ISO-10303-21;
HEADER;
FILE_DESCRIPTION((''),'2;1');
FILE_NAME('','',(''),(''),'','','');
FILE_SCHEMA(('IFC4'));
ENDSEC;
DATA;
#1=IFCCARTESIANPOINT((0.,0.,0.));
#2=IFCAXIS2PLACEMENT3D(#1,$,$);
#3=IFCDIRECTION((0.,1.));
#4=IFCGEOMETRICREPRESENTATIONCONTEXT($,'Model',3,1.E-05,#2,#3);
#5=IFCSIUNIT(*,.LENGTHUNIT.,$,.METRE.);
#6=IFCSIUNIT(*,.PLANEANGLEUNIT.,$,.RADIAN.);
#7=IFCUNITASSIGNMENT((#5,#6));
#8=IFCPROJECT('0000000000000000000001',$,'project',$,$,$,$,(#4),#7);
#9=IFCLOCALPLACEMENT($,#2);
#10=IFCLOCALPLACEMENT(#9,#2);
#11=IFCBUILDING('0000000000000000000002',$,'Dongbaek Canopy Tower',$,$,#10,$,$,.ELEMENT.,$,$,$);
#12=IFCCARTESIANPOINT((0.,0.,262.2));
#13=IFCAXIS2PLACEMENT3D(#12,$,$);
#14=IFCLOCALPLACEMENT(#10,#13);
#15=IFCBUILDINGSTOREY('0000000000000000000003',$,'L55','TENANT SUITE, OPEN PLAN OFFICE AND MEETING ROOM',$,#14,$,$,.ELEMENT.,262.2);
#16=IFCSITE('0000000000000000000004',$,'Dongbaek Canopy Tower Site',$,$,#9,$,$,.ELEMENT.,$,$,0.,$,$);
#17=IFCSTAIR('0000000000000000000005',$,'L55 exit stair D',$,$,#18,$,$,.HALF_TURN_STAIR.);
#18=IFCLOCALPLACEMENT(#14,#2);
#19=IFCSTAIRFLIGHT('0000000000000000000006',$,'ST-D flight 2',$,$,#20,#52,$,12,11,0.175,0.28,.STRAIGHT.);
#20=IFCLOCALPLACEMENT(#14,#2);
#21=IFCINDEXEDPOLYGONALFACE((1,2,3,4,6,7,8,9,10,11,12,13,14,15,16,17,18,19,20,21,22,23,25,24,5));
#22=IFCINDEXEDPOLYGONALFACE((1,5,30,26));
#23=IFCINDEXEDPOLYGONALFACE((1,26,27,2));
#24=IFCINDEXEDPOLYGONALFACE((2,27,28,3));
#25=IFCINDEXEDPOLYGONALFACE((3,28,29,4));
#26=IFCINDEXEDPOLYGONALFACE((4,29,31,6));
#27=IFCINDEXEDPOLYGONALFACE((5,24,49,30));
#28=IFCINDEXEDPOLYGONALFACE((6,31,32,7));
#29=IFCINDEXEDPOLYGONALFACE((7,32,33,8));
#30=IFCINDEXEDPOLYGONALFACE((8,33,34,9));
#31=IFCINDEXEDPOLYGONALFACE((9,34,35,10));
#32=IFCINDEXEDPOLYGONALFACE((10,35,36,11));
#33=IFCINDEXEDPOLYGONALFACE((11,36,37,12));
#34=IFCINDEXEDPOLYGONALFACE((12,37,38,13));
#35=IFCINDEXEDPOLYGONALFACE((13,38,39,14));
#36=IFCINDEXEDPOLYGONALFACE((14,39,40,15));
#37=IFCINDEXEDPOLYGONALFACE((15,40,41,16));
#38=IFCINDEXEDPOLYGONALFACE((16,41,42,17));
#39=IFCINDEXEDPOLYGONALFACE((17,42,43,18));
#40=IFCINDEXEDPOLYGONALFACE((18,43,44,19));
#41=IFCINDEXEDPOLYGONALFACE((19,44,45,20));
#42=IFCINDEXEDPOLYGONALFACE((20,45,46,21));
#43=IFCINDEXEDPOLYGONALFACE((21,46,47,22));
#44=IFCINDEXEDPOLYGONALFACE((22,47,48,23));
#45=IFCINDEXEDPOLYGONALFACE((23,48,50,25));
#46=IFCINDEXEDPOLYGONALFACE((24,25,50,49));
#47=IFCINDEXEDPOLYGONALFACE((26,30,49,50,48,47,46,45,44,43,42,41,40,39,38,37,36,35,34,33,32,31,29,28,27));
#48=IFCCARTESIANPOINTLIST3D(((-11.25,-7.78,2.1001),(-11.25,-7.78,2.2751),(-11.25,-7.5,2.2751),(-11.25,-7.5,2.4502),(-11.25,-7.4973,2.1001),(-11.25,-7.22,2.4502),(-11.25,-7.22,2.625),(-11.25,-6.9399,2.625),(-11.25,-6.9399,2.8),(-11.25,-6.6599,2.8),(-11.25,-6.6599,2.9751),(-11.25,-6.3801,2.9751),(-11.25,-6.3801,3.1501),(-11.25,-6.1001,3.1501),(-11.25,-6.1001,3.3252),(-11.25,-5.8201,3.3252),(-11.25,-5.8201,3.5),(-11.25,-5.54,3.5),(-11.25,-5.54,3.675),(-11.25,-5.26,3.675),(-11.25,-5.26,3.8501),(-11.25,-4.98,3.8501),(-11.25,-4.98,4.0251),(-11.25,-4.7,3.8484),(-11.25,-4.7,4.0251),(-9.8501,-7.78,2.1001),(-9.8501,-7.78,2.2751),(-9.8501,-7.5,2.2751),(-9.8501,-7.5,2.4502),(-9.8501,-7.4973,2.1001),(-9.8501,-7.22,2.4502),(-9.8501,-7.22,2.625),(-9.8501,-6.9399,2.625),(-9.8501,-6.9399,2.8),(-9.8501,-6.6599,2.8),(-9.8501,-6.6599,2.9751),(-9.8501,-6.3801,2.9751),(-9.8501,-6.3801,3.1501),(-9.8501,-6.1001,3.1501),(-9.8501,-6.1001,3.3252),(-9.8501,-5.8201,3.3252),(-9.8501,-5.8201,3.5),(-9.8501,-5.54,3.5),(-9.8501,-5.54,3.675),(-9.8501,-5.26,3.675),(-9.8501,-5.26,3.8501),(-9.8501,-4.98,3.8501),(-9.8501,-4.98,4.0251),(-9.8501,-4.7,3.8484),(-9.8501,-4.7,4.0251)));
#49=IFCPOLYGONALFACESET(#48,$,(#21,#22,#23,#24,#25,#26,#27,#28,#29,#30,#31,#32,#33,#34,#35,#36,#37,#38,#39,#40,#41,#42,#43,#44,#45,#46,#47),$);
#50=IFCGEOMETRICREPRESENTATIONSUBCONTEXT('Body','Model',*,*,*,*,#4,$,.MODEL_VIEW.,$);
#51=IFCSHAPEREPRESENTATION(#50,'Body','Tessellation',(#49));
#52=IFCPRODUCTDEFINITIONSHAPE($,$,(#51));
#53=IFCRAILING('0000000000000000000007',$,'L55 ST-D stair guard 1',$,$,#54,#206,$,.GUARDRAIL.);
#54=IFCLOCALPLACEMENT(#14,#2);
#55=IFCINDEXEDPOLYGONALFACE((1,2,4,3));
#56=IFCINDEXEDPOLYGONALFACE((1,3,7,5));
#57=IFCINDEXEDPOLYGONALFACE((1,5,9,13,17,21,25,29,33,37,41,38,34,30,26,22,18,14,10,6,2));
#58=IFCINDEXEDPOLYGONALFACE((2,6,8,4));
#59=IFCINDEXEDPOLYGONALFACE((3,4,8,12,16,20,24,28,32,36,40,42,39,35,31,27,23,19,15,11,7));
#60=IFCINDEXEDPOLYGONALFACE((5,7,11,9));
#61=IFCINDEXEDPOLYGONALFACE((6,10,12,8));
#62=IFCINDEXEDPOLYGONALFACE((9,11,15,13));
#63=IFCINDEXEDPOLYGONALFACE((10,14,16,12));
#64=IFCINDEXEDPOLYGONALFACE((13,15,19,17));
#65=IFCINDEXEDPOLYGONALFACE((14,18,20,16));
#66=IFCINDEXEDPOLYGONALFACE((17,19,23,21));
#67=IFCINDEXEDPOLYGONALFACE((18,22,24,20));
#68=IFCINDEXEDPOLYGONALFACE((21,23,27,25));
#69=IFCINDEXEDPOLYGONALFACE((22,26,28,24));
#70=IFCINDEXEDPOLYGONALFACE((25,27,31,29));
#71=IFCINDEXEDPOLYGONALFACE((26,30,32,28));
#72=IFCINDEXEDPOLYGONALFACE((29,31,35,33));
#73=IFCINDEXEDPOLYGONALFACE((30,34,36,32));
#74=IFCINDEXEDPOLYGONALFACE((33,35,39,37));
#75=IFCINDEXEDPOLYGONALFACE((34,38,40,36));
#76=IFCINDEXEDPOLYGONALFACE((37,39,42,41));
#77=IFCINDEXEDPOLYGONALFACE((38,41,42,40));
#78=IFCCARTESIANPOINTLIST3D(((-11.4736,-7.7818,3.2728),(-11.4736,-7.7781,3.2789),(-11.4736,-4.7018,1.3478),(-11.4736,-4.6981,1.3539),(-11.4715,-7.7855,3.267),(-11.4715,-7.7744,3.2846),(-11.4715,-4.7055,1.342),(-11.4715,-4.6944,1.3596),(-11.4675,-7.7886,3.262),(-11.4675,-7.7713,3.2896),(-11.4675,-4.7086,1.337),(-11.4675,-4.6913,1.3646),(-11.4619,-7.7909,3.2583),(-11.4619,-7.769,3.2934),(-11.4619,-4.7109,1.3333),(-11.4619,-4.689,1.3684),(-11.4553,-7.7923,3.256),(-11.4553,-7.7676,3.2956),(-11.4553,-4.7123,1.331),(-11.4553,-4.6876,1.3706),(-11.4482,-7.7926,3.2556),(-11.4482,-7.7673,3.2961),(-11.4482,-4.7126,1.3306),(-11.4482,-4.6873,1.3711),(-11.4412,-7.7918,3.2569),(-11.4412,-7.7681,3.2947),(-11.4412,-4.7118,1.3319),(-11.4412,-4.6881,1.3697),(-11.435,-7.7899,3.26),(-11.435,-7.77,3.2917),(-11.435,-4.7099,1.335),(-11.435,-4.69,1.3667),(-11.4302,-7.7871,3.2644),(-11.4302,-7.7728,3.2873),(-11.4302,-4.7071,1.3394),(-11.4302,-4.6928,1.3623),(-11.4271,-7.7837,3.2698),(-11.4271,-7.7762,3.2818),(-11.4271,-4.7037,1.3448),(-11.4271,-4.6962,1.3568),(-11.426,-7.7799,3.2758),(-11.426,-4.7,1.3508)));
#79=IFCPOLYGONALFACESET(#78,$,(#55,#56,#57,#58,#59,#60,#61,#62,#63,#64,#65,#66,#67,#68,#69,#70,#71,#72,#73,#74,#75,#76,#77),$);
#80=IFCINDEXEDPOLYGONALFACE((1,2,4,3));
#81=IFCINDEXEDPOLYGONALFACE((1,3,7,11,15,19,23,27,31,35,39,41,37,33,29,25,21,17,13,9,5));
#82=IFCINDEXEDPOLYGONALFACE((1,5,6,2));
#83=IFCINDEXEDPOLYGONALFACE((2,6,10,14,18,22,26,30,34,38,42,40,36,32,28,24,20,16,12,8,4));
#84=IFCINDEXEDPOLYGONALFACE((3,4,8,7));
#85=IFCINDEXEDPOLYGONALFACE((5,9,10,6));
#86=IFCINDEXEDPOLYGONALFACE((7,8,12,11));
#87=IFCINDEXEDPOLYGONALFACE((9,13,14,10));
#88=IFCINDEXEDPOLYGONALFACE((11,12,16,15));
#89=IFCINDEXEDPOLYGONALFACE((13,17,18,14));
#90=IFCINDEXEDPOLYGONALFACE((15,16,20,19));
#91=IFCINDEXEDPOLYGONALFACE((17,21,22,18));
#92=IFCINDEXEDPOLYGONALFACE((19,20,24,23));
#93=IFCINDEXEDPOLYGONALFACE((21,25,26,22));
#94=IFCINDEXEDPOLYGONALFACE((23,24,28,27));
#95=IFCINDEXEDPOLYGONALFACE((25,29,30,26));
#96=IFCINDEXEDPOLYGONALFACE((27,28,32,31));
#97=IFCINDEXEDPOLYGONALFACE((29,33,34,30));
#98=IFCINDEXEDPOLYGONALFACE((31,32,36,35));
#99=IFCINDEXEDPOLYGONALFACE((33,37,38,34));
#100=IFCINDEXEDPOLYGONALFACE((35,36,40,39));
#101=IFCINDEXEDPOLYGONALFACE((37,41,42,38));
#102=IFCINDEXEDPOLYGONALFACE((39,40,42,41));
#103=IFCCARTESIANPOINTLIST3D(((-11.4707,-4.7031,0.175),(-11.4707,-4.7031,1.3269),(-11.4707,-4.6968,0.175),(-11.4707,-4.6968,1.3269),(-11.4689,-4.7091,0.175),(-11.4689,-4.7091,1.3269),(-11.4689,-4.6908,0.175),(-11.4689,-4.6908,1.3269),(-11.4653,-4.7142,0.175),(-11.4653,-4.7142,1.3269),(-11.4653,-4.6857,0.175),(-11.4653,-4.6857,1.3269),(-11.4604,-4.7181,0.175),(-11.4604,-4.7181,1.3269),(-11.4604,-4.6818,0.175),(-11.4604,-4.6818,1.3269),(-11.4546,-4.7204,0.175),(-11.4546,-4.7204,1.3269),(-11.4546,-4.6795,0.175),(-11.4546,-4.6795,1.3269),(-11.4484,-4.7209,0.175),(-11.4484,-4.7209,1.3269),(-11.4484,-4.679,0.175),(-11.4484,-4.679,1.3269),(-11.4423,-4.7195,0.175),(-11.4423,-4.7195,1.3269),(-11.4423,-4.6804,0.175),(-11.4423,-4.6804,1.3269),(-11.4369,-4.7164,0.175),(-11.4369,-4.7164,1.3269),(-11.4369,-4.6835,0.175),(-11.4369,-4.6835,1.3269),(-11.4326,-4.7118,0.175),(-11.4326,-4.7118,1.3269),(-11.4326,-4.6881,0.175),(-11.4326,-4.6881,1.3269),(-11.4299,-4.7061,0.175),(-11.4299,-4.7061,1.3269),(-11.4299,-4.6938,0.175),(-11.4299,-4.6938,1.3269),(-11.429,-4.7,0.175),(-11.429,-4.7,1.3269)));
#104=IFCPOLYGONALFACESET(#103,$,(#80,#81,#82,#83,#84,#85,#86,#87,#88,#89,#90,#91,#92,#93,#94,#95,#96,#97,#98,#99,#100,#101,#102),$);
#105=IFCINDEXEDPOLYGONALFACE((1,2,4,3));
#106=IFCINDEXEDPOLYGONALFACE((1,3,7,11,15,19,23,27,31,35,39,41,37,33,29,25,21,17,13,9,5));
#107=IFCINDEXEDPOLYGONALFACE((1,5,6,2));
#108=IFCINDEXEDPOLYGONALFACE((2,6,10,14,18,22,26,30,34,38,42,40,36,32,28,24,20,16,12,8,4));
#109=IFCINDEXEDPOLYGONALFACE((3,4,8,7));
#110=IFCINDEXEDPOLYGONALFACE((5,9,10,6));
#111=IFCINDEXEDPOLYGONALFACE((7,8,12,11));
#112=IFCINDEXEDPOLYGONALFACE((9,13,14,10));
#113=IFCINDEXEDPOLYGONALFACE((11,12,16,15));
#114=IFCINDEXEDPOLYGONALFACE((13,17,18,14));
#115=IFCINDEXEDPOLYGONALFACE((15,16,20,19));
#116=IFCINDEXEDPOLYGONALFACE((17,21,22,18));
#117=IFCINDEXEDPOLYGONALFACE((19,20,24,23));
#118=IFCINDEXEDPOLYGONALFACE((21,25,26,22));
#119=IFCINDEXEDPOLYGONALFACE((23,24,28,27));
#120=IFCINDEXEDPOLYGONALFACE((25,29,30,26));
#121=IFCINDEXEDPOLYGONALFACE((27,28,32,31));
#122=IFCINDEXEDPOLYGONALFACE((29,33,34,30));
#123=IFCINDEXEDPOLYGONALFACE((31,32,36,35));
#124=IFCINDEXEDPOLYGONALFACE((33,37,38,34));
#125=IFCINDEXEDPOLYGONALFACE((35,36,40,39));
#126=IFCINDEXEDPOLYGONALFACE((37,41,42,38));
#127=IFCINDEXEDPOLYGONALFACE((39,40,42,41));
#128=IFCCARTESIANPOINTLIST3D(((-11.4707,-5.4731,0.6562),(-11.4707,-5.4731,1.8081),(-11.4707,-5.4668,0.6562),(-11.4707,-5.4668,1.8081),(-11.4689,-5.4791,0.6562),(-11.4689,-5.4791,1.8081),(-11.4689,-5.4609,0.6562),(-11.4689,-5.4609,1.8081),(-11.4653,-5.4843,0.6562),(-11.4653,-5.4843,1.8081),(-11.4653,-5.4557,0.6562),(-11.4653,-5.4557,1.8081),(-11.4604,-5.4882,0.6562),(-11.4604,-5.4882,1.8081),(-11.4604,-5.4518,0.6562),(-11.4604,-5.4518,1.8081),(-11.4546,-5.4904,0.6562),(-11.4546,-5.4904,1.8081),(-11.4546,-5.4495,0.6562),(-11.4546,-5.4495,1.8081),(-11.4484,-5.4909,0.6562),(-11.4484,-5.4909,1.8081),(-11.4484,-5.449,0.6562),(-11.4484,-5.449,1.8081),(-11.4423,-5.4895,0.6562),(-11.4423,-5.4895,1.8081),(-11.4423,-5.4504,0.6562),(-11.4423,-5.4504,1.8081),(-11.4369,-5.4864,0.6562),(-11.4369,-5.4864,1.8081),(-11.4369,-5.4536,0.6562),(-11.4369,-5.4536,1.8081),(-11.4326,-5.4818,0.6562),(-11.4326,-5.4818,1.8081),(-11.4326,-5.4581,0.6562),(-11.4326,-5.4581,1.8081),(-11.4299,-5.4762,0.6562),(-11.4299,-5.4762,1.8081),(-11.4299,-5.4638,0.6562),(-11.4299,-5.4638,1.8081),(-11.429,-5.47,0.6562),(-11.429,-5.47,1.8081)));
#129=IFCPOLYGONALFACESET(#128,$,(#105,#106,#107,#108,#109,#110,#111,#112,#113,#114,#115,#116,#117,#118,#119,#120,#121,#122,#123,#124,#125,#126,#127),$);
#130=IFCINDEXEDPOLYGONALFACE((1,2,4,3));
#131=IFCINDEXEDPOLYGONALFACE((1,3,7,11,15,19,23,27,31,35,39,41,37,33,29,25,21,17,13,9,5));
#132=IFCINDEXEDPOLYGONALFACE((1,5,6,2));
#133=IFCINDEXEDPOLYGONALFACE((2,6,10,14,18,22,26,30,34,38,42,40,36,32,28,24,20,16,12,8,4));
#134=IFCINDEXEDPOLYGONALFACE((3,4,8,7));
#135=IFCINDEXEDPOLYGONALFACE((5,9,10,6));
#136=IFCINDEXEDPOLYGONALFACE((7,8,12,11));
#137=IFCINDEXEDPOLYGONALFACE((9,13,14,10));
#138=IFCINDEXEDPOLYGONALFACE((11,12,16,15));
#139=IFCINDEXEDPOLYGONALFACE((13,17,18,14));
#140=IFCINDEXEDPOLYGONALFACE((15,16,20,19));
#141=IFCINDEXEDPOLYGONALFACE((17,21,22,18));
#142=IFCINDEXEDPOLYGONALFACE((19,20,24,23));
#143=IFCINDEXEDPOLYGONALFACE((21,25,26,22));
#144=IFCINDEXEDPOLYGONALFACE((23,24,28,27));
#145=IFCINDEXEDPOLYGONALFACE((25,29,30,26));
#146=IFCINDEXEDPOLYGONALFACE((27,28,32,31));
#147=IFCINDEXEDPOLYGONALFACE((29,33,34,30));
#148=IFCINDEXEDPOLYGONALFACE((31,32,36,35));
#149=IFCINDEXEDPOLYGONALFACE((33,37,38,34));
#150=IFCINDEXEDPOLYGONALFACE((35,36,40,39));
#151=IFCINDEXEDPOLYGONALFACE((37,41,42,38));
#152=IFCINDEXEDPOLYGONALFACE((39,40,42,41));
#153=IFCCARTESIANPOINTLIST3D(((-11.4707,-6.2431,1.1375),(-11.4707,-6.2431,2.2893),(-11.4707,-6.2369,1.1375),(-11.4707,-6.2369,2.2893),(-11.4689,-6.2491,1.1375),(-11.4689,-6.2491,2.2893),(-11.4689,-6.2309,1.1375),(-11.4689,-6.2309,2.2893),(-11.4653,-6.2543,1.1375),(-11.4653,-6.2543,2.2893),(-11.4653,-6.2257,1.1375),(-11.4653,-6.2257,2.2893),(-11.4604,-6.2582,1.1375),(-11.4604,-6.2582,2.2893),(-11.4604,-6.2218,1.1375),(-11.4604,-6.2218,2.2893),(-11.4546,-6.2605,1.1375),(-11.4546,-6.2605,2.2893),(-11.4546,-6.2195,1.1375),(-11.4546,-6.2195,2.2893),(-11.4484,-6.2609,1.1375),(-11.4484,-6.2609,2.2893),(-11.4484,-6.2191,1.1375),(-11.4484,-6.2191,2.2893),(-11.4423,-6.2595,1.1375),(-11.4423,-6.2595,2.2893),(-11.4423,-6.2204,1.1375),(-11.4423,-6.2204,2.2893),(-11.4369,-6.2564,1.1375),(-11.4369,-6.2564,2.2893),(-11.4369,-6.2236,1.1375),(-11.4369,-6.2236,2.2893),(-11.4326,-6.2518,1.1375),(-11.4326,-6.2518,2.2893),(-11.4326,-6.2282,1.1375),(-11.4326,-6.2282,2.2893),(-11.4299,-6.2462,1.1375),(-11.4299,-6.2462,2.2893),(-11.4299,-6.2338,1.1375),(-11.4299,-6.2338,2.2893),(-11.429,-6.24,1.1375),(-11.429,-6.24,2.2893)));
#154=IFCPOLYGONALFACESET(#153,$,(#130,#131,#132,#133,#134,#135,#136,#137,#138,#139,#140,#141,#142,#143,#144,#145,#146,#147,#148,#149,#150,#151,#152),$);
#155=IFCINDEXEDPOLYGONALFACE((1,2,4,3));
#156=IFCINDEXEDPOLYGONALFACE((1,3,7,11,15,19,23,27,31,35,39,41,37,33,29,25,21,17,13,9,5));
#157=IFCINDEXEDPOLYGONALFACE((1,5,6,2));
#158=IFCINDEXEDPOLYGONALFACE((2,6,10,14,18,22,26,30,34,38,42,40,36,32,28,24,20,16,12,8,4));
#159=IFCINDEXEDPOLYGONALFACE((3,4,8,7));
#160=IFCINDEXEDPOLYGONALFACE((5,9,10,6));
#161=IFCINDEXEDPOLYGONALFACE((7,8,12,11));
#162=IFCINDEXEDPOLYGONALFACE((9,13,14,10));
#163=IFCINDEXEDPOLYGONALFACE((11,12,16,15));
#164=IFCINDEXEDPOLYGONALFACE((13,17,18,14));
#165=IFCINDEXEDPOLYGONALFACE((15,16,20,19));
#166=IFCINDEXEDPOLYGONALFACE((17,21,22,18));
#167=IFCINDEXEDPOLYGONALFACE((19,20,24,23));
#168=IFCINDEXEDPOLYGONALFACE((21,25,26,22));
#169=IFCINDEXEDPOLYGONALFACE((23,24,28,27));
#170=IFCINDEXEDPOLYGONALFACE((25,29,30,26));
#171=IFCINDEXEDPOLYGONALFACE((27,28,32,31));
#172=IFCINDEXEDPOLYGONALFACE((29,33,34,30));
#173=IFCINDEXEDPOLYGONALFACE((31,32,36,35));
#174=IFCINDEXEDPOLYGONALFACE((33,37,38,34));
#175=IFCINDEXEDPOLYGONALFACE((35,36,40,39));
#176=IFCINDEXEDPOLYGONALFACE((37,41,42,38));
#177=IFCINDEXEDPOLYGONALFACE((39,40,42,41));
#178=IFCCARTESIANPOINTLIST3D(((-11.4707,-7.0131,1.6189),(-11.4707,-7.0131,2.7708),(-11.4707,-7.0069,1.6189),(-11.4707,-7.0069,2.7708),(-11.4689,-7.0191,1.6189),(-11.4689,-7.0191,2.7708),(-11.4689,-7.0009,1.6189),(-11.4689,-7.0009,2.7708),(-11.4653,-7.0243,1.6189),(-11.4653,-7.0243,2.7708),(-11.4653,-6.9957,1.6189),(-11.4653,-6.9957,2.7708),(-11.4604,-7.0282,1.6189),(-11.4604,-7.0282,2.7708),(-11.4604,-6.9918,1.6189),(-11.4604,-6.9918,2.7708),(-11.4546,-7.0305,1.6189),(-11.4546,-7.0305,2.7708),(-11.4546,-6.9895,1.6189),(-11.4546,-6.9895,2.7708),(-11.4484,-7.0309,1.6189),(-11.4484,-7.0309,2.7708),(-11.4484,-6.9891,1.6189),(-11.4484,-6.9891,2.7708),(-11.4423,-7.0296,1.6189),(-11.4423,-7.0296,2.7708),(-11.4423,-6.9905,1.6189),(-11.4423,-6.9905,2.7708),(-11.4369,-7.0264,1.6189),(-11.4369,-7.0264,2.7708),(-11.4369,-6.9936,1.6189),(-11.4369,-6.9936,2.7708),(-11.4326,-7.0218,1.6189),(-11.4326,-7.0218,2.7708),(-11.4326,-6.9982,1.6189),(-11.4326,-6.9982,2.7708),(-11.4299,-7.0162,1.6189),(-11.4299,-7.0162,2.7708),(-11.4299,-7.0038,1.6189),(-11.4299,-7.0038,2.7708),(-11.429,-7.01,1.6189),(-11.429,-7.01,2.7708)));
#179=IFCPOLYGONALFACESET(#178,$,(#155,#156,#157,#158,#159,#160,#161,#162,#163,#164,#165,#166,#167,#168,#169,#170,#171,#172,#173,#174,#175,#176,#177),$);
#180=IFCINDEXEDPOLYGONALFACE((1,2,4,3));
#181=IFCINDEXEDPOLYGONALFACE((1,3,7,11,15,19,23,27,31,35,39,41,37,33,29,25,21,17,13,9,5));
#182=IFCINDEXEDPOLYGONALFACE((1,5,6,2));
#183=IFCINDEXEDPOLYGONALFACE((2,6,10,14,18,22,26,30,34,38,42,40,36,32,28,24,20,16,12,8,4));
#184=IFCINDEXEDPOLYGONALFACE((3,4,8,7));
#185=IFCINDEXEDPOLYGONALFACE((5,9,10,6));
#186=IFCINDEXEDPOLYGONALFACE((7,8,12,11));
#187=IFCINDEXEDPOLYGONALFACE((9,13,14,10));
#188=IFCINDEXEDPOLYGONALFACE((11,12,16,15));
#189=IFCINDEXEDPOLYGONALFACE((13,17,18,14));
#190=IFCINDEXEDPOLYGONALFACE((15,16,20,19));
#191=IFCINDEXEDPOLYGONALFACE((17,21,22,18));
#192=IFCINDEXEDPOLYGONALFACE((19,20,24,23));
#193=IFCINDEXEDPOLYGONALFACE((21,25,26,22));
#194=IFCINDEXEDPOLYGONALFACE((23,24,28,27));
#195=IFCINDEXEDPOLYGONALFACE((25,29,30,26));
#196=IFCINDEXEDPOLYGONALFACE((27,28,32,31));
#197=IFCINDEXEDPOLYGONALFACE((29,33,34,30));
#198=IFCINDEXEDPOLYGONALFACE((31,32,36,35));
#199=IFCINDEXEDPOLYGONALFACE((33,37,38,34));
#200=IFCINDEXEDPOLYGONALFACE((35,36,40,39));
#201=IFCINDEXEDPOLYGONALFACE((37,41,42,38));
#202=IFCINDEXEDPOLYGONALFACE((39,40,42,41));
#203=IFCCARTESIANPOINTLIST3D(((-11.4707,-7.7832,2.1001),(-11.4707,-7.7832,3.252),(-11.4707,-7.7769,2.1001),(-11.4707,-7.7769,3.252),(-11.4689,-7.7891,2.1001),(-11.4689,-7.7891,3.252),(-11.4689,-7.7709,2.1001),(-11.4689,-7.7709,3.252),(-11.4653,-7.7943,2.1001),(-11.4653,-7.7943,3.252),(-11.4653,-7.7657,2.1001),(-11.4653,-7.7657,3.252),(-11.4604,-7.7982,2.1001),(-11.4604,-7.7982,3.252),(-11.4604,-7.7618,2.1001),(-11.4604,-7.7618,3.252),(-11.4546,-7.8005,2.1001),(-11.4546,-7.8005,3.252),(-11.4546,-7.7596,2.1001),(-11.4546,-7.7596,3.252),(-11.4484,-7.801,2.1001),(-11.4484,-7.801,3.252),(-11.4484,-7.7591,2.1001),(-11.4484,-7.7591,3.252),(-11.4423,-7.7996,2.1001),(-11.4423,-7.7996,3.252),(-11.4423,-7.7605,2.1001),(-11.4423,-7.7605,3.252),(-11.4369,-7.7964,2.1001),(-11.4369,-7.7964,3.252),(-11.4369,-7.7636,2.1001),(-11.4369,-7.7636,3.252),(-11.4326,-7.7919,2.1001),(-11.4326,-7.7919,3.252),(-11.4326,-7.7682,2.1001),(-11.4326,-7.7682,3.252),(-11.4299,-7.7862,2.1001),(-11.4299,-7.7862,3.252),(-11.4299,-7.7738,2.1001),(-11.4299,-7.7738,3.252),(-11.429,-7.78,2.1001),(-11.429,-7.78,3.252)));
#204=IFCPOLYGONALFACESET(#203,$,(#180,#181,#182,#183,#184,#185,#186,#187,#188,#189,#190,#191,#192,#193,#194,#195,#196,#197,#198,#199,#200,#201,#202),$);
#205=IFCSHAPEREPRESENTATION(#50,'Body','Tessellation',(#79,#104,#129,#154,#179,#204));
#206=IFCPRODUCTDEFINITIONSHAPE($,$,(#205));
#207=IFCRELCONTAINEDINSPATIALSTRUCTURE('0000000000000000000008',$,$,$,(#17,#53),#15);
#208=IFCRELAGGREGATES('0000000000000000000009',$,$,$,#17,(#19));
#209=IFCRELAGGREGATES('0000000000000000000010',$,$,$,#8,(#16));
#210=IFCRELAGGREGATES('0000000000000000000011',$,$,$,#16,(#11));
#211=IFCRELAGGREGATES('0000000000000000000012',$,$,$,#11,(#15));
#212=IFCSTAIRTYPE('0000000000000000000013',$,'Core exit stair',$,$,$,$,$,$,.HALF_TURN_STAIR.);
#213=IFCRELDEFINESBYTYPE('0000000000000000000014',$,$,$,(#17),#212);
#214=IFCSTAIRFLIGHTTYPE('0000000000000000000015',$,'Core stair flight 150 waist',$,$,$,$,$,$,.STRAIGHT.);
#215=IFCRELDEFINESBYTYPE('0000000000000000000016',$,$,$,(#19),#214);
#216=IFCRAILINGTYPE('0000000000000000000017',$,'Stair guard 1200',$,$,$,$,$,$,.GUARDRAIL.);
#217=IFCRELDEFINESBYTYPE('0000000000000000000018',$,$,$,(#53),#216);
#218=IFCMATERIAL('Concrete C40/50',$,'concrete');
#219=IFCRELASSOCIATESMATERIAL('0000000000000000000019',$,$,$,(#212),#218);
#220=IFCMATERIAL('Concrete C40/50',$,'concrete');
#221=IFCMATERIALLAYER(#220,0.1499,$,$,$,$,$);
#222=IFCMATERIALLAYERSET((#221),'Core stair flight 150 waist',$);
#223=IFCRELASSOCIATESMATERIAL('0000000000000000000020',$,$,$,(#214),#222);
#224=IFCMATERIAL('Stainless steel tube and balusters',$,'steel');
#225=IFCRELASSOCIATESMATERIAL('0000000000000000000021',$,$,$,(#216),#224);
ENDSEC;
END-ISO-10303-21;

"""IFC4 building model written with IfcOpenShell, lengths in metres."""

from ifc_helpers import new_model, si_unit, direction, frame, origin, origin_2d, place, context, subcontext, project, spatial, polyline, circle, outline, extrude, material, layer, layer_set, type_object, element, aggregate, save


model = new_model("IFC4")

# Units and contexts
model_context = context("Model", 3, precision=1e-05, world=origin(), true_north=direction((0.0, 1.0)))
body_context = subcontext(model_context, "Body", "Model", "MODEL_VIEW")
ifc_project = project(units=[si_unit("LENGTHUNIT", "METRE"), si_unit("PLANEANGLEUNIT", "RADIAN")], contexts=[model_context])

# Site, building, storey
site_placement = place(None, origin())
site = spatial("IfcSite", under=ifc_project, at=site_placement, Name="Dongbaek Canopy Tower Site", CompositionType="ELEMENT", RefElevation=0.0)
building_placement = place(site_placement, origin())
building = spatial("IfcBuilding", under=site, at=building_placement, Name="Dongbaek Canopy Tower", CompositionType="ELEMENT")
storey_placement = place(building_placement, frame((0.0, 0.0, 262.2)))
storey = spatial("IfcBuildingStorey", under=building, at=storey_placement, Name="L55", Description="TENANT SUITE, OPEN PLAN OFFICE AND MEETING ROOM", CompositionType="ELEMENT", Elevation=262.2)

# Stair, stair flight
ifc_material_1 = material(Name="Concrete C40/50", Category="concrete")
stair_type = type_object("IfcStairType", Name="Core exit stair", PredefinedType="HALF_TURN_STAIR", material=ifc_material_1)
stair_placement = place(storey_placement, origin())
stair = element("IfcStair", 1, at=stair_placement, inside=storey, type_object=stair_type, Name="L55 exit stair D", PredefinedType="HALF_TURN_STAIR")
ifc_material_2 = material(Name="Concrete C40/50", Category="concrete")
ifc_layer_1 = layer(ifc_material_2, 0.1499)
ifc_layer_set_1 = layer_set([ifc_layer_1], Name="Core stair flight 150 waist")
stair_flight_type = type_object("IfcStairFlightType", Name="Core stair flight 150 waist", PredefinedType="STRAIGHT", material=ifc_layer_set_1)
stair_flight_1_placement = place(storey_placement, frame((-10.55, -7.78, 2.1001), z_axis=(0.0, 0.0, 1.0), x_axis=(0.0, 1.0, 0.0)))
stair_flight_1 = element("IfcStairFlight", 2, at=stair_flight_1_placement, type_object=stair_flight_type, Name="ST-D flight 2", NumberOfRisers=12, NumberOfTreads=11, PredefinedType="STRAIGHT", RiserHeight=0.175, TreadLength=0.28, context=body_context, shape_type="SweptSolid", body=[
    extrude(outline(polyline([(0.0, 0.0), (0.0, 0.175), (0.28, 0.175), (0.28, 0.3501), (0.5601, 0.3501), (0.5601, 0.5249), (0.8401, 0.5249), (0.8401, 0.7), (1.1201, 0.7), (1.1201, 0.875), (1.3999, 0.875), (1.3999, 1.05), (1.6799, 1.05), (1.6799, 1.2251), (1.96, 1.2251), (1.96, 1.3999), (2.24, 1.3999), (2.24, 1.575), (2.52, 1.575), (2.52, 1.75), (2.8, 1.75), (2.8, 1.925), (3.0801, 1.925), (3.0801, 2.1001), (3.0801, 1.7483), (0.2827, 0.0), (0.0, 0.0)])), frame((0.0, 0.7, 0.0), z_axis=(0.0, -1.0, 0.0), x_axis=(1.0, 0.0, 0.0)), (0.0, 0.0, 1.0), 1.3999),
])
aggregate(stair, [stair_flight_1])

# Railing
ifc_material_3 = material(Name="Stainless steel tube and balusters", Category="steel")
railing_type_1 = type_object("IfcRailingType", Name="Stair guard 1200", PredefinedType="GUARDRAIL", material=ifc_material_3)
railing_1_placement = place(storey_placement, frame((-11.45, -4.7, 0.175)))
element("IfcRailing", 3, at=railing_1_placement, inside=storey, type_object=railing_type_1, Name="L55 ST-D stair guard 1", PredefinedType="GUARDRAIL", context=body_context, shape_type="SweptSolid", body=[
    extrude(circle(Radius=0.0239, at=origin_2d()), frame((0.0, 0.0, 1.1758), z_axis=(0.0, -0.847998, 0.529999), x_axis=(1.0, 0.0, 0.0)), (0.0, 0.0, 1.0), 3.6321),
    extrude(circle(Radius=0.021, at=origin_2d()), origin(), (0.0, 0.0, 1.0), 1.1519),
    extrude(circle(Radius=0.021, at=origin_2d()), frame((0.0, -0.77, 0.4812)), (0.0, 0.0, 1.0), 1.1519),
    extrude(circle(Radius=0.021, at=origin_2d()), frame((0.0, -1.54, 0.9624)), (0.0, 0.0, 1.0), 1.1519),
    extrude(circle(Radius=0.021, at=origin_2d()), frame((0.0, -2.3101, 1.4438)), (0.0, 0.0, 1.0), 1.1519),
    extrude(circle(Radius=0.021, at=origin_2d()), frame((0.0, -3.0801, 1.925)), (0.0, 0.0, 1.0), 1.1519),
])

save(model, "model.ifc")
